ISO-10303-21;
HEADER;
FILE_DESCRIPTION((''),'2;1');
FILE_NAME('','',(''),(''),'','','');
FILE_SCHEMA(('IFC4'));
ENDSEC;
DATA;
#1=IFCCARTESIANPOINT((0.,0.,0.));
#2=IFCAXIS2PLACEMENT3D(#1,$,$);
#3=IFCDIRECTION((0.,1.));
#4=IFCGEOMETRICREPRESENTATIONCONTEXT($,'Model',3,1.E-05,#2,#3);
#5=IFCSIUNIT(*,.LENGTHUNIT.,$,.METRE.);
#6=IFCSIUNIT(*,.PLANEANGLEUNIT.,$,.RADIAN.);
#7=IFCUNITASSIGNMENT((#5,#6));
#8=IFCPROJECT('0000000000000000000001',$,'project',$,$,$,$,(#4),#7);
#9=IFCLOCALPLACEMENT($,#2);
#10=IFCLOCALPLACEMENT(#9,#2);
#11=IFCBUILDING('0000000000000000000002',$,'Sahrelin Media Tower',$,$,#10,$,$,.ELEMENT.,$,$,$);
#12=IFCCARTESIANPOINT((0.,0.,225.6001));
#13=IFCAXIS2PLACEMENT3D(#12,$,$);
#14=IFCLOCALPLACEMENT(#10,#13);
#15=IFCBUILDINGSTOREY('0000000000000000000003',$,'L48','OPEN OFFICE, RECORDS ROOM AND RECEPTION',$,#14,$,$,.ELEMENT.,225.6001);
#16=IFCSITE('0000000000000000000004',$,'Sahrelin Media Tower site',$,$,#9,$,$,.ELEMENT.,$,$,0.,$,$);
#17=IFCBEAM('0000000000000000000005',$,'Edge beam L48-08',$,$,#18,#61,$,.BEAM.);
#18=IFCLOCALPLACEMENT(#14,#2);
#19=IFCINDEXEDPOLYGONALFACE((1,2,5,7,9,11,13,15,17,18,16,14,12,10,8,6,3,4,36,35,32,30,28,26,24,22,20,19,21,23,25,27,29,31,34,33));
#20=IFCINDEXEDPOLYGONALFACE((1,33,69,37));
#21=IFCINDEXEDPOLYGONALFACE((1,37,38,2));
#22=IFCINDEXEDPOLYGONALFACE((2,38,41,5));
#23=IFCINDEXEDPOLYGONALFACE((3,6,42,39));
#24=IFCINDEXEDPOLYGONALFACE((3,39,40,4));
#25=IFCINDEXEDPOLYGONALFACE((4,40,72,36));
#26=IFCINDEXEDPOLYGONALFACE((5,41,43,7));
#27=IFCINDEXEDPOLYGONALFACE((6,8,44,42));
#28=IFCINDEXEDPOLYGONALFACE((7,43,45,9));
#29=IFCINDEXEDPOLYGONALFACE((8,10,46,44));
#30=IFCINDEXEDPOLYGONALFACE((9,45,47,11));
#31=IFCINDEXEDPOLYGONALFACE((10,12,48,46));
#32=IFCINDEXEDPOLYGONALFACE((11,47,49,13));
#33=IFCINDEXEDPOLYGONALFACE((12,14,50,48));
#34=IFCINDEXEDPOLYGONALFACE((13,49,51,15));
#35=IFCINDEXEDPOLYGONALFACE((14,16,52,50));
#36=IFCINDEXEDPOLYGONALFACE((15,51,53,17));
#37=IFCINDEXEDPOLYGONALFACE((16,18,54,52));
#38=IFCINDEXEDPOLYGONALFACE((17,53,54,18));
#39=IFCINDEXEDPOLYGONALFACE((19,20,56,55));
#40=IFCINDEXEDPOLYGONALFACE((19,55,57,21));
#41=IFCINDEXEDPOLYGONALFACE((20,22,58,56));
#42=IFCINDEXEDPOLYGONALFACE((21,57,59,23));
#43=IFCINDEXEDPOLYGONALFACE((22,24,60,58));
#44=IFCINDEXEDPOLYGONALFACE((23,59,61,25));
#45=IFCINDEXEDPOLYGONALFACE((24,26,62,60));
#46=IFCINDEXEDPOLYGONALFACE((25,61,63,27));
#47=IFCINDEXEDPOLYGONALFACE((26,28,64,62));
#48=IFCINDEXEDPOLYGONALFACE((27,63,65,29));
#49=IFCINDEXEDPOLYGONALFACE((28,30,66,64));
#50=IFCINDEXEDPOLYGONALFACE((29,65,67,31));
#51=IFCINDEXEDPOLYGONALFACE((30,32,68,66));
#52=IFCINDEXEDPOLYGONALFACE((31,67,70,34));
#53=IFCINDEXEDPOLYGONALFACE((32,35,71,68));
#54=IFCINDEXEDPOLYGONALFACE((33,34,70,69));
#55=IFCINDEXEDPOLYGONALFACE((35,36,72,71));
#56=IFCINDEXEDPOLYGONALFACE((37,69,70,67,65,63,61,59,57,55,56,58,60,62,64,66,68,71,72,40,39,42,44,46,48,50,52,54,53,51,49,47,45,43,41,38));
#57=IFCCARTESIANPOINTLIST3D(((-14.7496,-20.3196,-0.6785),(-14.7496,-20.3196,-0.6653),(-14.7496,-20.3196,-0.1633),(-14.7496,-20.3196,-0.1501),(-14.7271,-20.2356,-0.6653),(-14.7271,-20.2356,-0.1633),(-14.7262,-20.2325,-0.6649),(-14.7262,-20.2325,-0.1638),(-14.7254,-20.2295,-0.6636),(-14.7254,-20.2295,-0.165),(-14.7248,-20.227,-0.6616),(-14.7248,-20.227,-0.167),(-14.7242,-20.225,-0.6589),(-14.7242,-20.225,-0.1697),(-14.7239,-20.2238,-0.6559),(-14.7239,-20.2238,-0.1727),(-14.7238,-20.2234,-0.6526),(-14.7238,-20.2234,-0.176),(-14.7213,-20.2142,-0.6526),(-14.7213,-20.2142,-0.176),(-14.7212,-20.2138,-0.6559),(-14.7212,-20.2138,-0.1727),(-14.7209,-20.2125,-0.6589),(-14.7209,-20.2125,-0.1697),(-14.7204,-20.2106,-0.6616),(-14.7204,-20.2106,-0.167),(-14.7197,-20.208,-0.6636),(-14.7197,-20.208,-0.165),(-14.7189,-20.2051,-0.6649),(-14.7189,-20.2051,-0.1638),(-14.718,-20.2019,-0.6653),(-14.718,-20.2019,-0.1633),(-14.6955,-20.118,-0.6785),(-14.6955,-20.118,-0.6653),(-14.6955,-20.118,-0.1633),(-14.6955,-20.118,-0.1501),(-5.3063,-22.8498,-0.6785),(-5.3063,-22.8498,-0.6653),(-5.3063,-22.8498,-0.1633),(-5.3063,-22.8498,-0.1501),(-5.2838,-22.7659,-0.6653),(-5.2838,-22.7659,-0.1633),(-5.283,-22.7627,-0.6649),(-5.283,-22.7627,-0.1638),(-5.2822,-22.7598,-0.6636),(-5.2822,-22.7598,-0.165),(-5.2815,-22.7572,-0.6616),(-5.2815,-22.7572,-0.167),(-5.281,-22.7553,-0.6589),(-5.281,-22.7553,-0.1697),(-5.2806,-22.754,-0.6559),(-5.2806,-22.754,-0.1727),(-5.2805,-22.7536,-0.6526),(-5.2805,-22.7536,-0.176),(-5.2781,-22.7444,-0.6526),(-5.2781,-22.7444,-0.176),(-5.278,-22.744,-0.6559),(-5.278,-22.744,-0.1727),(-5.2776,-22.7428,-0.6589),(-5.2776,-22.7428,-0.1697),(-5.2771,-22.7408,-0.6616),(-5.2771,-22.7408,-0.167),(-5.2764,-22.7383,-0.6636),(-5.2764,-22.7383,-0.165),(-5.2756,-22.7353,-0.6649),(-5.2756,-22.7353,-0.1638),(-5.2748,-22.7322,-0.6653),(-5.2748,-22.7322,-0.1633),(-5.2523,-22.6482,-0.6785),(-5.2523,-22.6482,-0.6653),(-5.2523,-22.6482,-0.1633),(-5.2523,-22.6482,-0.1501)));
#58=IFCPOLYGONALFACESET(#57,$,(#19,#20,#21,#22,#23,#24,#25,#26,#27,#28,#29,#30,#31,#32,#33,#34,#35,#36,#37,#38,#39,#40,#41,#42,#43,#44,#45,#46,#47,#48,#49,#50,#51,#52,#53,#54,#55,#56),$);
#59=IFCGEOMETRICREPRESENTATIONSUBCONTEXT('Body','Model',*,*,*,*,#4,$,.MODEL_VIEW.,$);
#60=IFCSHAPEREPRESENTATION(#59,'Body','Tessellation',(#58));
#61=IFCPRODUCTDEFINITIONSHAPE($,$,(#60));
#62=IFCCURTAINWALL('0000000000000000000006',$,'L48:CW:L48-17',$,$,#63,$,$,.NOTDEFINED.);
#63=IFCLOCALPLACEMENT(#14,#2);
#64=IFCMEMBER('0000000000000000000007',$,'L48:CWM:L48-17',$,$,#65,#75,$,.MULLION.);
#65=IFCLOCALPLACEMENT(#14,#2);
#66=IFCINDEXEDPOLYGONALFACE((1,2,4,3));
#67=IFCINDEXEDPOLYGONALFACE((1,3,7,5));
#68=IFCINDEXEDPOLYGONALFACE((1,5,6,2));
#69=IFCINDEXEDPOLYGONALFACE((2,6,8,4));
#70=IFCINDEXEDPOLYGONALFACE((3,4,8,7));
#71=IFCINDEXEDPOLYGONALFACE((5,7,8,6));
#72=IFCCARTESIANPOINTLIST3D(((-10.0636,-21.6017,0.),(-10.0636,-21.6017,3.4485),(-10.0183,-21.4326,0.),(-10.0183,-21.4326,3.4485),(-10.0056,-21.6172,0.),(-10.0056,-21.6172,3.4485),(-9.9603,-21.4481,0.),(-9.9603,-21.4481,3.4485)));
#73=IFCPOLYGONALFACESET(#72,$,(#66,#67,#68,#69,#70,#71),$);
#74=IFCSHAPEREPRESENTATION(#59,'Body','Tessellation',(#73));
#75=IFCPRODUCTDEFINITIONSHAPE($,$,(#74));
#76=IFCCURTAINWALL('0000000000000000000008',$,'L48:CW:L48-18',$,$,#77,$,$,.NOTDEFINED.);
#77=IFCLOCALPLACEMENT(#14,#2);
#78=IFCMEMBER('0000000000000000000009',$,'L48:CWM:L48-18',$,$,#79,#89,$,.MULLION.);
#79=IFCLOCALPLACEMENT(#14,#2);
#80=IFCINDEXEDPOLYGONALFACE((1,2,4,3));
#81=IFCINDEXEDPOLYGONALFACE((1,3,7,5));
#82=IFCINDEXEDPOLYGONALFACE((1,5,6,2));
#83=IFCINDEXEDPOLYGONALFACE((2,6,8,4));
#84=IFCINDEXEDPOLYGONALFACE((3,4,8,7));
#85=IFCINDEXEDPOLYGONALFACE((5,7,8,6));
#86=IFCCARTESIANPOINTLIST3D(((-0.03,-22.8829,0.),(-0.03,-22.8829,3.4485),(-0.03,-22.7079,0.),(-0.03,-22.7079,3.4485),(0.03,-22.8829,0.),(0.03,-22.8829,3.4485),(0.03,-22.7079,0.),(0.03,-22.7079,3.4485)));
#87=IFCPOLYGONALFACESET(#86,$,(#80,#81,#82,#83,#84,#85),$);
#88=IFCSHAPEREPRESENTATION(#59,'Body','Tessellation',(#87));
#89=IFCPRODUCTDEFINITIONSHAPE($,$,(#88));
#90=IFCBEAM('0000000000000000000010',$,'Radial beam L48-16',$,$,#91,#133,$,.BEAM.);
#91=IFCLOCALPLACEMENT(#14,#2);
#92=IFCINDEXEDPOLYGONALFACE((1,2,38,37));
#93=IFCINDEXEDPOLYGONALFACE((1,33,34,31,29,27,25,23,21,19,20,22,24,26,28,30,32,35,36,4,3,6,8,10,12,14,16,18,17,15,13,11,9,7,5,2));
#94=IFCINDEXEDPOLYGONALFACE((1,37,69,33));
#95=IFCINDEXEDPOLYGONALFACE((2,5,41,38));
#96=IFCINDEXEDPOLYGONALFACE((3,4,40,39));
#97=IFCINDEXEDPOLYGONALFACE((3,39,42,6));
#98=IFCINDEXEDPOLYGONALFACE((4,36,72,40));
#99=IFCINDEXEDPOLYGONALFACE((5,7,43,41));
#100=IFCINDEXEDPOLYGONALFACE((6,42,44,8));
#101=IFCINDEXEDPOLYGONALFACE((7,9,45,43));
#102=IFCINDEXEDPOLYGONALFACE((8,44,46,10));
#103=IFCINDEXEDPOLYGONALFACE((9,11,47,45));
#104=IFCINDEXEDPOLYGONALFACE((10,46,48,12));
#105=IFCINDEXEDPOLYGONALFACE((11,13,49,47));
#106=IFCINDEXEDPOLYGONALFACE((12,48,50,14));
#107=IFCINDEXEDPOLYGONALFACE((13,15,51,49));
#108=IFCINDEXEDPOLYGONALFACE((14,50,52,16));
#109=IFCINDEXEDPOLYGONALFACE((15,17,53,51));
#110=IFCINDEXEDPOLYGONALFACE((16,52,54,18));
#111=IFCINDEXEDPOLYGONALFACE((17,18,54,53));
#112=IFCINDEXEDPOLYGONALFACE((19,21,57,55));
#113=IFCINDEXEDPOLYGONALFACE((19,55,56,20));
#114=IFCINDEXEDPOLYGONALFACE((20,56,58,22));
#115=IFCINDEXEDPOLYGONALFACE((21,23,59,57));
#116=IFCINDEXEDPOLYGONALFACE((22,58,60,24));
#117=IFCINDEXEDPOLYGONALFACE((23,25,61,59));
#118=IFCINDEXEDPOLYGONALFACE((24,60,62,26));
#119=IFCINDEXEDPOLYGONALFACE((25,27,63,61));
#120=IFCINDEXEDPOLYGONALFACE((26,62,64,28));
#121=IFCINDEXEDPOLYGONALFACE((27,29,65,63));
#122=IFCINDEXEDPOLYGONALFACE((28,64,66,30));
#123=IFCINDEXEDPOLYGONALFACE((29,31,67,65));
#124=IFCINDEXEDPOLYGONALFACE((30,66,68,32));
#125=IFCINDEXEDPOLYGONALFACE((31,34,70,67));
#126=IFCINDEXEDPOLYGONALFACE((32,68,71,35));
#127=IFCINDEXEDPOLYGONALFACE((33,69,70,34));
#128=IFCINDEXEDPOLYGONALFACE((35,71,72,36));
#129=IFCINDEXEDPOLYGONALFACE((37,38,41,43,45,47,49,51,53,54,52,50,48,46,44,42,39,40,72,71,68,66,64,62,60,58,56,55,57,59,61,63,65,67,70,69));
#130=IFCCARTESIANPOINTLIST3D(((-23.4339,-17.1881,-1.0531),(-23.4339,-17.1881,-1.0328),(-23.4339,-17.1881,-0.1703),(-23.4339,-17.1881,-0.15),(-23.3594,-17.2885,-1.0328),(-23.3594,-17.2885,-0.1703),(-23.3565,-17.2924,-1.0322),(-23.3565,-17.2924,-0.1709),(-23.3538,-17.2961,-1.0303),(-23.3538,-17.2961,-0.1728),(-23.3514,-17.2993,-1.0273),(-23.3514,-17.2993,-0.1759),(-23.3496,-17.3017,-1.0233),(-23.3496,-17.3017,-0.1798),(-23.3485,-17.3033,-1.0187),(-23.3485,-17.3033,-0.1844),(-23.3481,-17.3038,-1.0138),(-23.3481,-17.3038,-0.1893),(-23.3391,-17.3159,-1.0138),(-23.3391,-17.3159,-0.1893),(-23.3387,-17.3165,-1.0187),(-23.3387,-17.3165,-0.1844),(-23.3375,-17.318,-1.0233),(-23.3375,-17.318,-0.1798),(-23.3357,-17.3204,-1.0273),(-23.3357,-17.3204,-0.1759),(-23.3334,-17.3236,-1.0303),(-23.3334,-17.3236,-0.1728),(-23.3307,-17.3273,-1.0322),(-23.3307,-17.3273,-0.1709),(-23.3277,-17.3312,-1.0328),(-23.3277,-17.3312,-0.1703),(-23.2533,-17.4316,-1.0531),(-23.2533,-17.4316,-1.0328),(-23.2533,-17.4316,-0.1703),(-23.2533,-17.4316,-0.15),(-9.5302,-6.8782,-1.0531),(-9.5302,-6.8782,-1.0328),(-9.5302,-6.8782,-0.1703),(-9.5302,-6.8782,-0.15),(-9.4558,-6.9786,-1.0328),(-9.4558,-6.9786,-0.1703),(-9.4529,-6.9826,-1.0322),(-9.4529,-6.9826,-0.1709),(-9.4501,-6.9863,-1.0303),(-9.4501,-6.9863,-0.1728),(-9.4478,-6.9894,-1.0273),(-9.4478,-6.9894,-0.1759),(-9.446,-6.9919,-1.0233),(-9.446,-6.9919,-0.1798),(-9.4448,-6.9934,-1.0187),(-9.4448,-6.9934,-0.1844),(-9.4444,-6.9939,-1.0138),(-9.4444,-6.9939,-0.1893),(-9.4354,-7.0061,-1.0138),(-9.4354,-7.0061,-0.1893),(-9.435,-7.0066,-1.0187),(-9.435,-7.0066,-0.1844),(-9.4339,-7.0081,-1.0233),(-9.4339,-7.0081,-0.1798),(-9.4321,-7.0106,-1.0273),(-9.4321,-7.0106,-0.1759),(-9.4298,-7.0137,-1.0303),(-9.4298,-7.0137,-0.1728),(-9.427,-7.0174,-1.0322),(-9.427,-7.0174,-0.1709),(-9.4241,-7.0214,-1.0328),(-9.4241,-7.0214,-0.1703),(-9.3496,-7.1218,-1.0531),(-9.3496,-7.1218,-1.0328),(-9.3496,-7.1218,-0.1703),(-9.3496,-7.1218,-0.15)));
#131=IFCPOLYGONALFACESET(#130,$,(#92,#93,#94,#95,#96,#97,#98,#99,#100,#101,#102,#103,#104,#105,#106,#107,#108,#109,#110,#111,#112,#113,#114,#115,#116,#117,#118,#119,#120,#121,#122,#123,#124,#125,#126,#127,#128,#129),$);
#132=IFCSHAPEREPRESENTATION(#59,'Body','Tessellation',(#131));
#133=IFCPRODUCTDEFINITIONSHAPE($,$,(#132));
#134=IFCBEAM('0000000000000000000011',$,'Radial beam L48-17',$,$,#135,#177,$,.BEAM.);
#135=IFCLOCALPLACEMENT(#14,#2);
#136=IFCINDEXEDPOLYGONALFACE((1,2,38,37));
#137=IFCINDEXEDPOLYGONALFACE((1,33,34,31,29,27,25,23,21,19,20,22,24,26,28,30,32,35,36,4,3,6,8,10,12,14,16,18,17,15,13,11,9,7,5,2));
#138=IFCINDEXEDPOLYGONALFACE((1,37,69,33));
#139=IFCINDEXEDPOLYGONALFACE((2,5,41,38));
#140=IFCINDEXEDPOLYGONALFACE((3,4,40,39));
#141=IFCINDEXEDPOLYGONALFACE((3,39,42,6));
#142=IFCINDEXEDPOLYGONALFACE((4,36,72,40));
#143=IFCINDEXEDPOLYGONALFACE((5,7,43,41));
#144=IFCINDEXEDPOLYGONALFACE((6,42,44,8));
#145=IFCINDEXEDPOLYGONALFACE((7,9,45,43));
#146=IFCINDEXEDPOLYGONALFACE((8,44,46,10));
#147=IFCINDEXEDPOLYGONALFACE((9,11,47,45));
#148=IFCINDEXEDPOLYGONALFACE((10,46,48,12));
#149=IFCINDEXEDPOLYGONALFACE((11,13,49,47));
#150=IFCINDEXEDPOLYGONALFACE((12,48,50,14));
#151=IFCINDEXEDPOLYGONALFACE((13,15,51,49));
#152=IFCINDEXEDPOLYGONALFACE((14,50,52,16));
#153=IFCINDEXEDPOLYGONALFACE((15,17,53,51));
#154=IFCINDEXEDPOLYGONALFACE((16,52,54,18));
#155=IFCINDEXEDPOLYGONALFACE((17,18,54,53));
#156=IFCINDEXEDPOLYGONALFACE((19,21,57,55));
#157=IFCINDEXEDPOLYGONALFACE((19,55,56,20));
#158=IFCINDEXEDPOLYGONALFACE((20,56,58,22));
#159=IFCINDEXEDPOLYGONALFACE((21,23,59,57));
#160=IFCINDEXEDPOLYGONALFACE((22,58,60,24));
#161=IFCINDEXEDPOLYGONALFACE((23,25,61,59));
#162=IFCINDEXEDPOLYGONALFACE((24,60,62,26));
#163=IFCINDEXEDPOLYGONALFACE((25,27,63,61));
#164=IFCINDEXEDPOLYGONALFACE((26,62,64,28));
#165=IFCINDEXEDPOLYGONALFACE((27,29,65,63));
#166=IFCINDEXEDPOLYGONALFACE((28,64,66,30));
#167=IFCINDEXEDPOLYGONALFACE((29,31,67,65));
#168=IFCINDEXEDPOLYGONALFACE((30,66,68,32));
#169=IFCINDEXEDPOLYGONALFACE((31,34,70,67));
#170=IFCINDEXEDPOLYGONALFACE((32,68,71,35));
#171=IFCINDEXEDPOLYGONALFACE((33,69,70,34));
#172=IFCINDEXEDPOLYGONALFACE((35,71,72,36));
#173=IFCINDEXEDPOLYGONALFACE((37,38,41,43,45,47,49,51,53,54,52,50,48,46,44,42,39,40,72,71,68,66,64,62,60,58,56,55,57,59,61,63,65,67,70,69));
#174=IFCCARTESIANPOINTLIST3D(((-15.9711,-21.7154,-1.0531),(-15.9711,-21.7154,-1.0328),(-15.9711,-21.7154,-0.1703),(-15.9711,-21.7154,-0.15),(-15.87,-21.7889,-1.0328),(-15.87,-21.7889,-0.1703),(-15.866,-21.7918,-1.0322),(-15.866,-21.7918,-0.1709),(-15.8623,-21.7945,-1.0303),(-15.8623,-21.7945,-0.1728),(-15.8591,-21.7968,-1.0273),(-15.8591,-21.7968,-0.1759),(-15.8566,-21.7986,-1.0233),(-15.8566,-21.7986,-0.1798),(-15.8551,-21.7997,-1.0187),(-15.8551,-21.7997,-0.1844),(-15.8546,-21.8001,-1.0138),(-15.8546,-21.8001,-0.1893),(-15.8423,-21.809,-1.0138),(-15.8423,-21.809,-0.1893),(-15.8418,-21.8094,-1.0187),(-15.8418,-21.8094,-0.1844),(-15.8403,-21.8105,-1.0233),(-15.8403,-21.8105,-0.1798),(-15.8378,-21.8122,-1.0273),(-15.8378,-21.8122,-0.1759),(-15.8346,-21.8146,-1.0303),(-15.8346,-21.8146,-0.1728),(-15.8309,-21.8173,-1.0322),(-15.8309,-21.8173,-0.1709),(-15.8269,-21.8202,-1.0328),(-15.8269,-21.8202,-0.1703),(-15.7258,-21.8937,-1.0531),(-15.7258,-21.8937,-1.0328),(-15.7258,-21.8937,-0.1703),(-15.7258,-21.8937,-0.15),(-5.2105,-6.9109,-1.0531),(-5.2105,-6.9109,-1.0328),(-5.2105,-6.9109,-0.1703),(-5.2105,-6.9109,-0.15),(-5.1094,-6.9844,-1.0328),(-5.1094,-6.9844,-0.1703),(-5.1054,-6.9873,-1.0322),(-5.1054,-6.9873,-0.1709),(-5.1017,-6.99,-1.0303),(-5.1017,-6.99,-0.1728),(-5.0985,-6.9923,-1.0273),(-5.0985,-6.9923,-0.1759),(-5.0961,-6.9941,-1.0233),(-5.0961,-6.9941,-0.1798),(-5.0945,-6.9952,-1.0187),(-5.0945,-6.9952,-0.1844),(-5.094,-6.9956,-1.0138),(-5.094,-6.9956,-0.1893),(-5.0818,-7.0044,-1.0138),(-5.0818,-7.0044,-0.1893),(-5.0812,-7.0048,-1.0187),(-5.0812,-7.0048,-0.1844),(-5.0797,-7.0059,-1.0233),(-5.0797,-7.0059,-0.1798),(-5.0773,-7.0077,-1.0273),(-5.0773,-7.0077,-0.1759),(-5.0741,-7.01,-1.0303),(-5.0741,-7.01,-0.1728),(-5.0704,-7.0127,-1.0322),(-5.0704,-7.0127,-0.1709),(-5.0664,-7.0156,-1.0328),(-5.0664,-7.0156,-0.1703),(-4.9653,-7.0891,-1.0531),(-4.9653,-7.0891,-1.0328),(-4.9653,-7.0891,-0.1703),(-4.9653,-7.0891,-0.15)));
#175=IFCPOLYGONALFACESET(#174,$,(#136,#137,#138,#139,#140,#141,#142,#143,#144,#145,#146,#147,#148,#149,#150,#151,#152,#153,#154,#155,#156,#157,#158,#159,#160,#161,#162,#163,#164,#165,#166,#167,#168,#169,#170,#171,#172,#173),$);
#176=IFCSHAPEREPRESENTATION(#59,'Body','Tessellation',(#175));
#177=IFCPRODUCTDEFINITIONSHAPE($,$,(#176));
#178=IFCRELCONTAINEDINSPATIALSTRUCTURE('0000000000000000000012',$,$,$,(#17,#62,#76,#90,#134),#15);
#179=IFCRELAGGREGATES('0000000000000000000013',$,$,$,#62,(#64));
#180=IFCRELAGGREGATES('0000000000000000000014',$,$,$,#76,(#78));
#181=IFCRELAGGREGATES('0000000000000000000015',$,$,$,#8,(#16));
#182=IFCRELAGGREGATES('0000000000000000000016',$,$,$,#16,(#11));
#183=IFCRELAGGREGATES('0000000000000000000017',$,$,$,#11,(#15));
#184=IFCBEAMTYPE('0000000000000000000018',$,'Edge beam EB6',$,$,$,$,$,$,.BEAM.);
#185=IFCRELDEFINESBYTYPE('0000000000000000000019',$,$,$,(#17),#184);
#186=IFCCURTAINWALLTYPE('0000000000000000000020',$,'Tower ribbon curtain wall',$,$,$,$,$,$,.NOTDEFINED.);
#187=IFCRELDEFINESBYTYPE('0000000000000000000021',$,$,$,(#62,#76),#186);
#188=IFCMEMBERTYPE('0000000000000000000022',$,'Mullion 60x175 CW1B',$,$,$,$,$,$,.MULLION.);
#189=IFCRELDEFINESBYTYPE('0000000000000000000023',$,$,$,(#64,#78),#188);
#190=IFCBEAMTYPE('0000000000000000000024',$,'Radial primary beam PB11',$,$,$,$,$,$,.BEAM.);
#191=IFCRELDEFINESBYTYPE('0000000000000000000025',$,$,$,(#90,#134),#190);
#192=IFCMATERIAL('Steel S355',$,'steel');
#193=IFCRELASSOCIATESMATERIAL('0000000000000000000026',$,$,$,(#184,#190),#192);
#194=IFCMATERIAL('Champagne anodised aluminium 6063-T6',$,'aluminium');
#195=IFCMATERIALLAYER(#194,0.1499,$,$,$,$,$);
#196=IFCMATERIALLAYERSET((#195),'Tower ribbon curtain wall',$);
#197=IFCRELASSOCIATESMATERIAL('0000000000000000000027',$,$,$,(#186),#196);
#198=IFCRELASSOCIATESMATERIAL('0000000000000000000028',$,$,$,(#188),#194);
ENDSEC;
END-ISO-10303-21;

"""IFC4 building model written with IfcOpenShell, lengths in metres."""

from ifc_helpers import new_model, si_unit, direction, frame, origin, origin_2d, place, context, subcontext, project, spatial, rectangle, i_section, extrude, material, layer, layer_set, material_profile, profile_set, type_object, element, aggregate, save


model = new_model("IFC4")

# Units and contexts
model_context = context("Model", 3, precision=1e-05, world=origin(), true_north=direction((0.0, 1.0)))
body_context = subcontext(model_context, "Body", "Model", "MODEL_VIEW")
ifc_project = project(units=[si_unit("LENGTHUNIT", "METRE"), si_unit("PLANEANGLEUNIT", "RADIAN")], contexts=[model_context])

# Site, building, storey
site_placement = place(None, origin())
site = spatial("IfcSite", under=ifc_project, at=site_placement, Name="Sahrelin Media Tower site", CompositionType="ELEMENT", RefElevation=0.0)
building_placement = place(site_placement, origin())
building = spatial("IfcBuilding", under=site, at=building_placement, Name="Sahrelin Media Tower", CompositionType="ELEMENT")
storey_placement = place(building_placement, frame((0.0, 0.0, 225.6001)))
storey = spatial("IfcBuildingStorey", under=building, at=storey_placement, Name="L48", Description="OPEN OFFICE, RECORDS ROOM AND RECEPTION", CompositionType="ELEMENT", Elevation=225.6001)

# Beam
ifc_material_1 = material(Name="Steel S355", Category="steel")
ifc_material_profile_1 = material_profile(ifc_material_1, i_section(OverallWidth=0.2087, OverallDepth=0.5283, WebThickness=0.0095, FlangeThickness=0.0132, FilletRadius=0.0127, at=origin_2d()), Name="UB 533x210x82")
ifc_profile_set_1 = profile_set([ifc_material_profile_1], Name="Steel S355")
beam_type_1 = type_object("IfcBeamType", Name="Edge beam EB6", PredefinedType="BEAM", material=ifc_profile_set_1)
beam_1_placement = place(storey_placement, frame((-5.2793, -22.749, -0.4143), z_axis=(-0.965928, 0.258813, 0.0), x_axis=(-0.258813, -0.965928, 0.0)))
element("IfcBeam", 1, at=beam_1_placement, inside=storey, type_object=beam_type_1, Name="Edge beam L48-08", PredefinedType="BEAM", context=body_context, shape_type="SweptSolid", body=[
    extrude(i_section(OverallWidth=0.2087, OverallDepth=0.5283, WebThickness=0.0095, FlangeThickness=0.0132, FilletRadius=0.0127, at=origin_2d()), origin(), (0.0, 0.0, 1.0), 9.7764),
])

# Curtain walls, members
ifc_material_2 = material(Name="Champagne anodised aluminium 6063-T6", Category="aluminium")
ifc_layer_1 = layer(ifc_material_2, 0.1499)
ifc_layer_set_1 = layer_set([ifc_layer_1], Name="Tower ribbon curtain wall")
curtain_wall_type = type_object("IfcCurtainWallType", Name="Tower ribbon curtain wall", PredefinedType="NOTDEFINED", material=ifc_layer_set_1)
curtain_wall_1_placement = place(storey_placement, frame((-10.0398, -21.6289, 0.0), z_axis=(0.0, 0.0, 1.0), x_axis=(1.0, 0.0, 0.0)))
curtain_wall_1 = element("IfcCurtainWall", 2, at=curtain_wall_1_placement, inside=storey, type_object=curtain_wall_type, Name="L48:CW:L48-17", PredefinedType="NOTDEFINED")
ifc_material_profile_2 = material_profile(ifc_material_2, rectangle(XDim=0.0601, YDim=0.175, at=origin_2d()), Name="Mullion 60x175")
ifc_profile_set_2 = profile_set([ifc_material_profile_2], Name="Champagne anodised aluminium 6063-T6")
member_type_1 = type_object("IfcMemberType", Name="Mullion 60x175 CW1B", PredefinedType="MULLION", material=ifc_profile_set_2)
member_1_placement = place(storey_placement, frame((-10.012, -21.5249, 0.0), z_axis=(0.0, 0.0, 1.0), x_axis=(0.965926, -0.258817, 0.0)))
member_1 = element("IfcMember", 3, at=member_1_placement, type_object=member_type_1, Name="L48:CWM:L48-17", PredefinedType="MULLION", context=body_context, shape_type="SweptSolid", body=[
    extrude(rectangle(XDim=0.0601, YDim=0.175, at=origin_2d()), origin(), (0.0, 0.0, 1.0), 3.4485),
])
aggregate(curtain_wall_1, [member_1])
curtain_wall_2_placement = place(storey_placement, frame((0.0, -22.9028, 0.0), z_axis=(0.0, 0.0, 1.0), x_axis=(1.0, 0.0, 0.0)))
curtain_wall_2 = element("IfcCurtainWall", 4, at=curtain_wall_2_placement, inside=storey, type_object=curtain_wall_type, Name="L48:CW:L48-18", PredefinedType="NOTDEFINED")
member_2_placement = place(storey_placement, frame((0.0, -22.7954, 0.0), z_axis=(0.0, 0.0, 1.0), x_axis=(1.0, 0.0, 0.0)))
member_2 = element("IfcMember", 5, at=member_2_placement, type_object=member_type_1, Name="L48:CWM:L48-18", PredefinedType="MULLION", context=body_context, shape_type="SweptSolid", body=[
    extrude(rectangle(XDim=0.0601, YDim=0.175, at=origin_2d()), origin(), (0.0, 0.0, 1.0), 3.4485),
])

# Beams
ifc_material_profile_3 = material_profile(ifc_material_1, i_section(OverallWidth=0.3032, OverallDepth=0.9031, WebThickness=0.0151, FlangeThickness=0.0203, FilletRadius=0.019, at=origin_2d()), Name="UB 914x305x201")
ifc_profile_set_3 = profile_set([ifc_material_profile_3], Name="Steel S355")
beam_type_2 = type_object("IfcBeamType", Name="Radial primary beam PB11", PredefinedType="BEAM", material=ifc_profile_set_3)
beam_2_placement = place(storey_placement, frame((-9.4399, -7.0, -0.6016), z_axis=(-0.803257, -0.595633, 0.0), x_axis=(0.595633, -0.803257, 0.0)))
element("IfcBeam", 6, at=beam_2_placement, inside=storey, type_object=beam_type_2, Name="Radial beam L48-16", PredefinedType="BEAM", context=body_context, shape_type="SweptSolid", body=[
    extrude(i_section(OverallWidth=0.3032, OverallDepth=0.9031, WebThickness=0.0151, FlangeThickness=0.0203, FilletRadius=0.019, at=origin_2d()), origin(), (0.0, 0.0, 1.0), 17.3091),
])
beam_3_placement = place(storey_placement, frame((-5.0879, -7.0, -0.6016), z_axis=(-0.587944, -0.808902, 0.0), x_axis=(0.808902, -0.587944, 0.0)))
element("IfcBeam", 7, at=beam_3_placement, inside=storey, type_object=beam_type_2, Name="Radial beam L48-17", PredefinedType="BEAM", context=body_context, shape_type="SweptSolid", body=[
    extrude(i_section(OverallWidth=0.3032, OverallDepth=0.9031, WebThickness=0.0151, FlangeThickness=0.0203, FilletRadius=0.019, at=origin_2d()), origin(), (0.0, 0.0, 1.0), 18.302),
])

aggregate(curtain_wall_2, [member_2])

save(model, "model.ifc")
